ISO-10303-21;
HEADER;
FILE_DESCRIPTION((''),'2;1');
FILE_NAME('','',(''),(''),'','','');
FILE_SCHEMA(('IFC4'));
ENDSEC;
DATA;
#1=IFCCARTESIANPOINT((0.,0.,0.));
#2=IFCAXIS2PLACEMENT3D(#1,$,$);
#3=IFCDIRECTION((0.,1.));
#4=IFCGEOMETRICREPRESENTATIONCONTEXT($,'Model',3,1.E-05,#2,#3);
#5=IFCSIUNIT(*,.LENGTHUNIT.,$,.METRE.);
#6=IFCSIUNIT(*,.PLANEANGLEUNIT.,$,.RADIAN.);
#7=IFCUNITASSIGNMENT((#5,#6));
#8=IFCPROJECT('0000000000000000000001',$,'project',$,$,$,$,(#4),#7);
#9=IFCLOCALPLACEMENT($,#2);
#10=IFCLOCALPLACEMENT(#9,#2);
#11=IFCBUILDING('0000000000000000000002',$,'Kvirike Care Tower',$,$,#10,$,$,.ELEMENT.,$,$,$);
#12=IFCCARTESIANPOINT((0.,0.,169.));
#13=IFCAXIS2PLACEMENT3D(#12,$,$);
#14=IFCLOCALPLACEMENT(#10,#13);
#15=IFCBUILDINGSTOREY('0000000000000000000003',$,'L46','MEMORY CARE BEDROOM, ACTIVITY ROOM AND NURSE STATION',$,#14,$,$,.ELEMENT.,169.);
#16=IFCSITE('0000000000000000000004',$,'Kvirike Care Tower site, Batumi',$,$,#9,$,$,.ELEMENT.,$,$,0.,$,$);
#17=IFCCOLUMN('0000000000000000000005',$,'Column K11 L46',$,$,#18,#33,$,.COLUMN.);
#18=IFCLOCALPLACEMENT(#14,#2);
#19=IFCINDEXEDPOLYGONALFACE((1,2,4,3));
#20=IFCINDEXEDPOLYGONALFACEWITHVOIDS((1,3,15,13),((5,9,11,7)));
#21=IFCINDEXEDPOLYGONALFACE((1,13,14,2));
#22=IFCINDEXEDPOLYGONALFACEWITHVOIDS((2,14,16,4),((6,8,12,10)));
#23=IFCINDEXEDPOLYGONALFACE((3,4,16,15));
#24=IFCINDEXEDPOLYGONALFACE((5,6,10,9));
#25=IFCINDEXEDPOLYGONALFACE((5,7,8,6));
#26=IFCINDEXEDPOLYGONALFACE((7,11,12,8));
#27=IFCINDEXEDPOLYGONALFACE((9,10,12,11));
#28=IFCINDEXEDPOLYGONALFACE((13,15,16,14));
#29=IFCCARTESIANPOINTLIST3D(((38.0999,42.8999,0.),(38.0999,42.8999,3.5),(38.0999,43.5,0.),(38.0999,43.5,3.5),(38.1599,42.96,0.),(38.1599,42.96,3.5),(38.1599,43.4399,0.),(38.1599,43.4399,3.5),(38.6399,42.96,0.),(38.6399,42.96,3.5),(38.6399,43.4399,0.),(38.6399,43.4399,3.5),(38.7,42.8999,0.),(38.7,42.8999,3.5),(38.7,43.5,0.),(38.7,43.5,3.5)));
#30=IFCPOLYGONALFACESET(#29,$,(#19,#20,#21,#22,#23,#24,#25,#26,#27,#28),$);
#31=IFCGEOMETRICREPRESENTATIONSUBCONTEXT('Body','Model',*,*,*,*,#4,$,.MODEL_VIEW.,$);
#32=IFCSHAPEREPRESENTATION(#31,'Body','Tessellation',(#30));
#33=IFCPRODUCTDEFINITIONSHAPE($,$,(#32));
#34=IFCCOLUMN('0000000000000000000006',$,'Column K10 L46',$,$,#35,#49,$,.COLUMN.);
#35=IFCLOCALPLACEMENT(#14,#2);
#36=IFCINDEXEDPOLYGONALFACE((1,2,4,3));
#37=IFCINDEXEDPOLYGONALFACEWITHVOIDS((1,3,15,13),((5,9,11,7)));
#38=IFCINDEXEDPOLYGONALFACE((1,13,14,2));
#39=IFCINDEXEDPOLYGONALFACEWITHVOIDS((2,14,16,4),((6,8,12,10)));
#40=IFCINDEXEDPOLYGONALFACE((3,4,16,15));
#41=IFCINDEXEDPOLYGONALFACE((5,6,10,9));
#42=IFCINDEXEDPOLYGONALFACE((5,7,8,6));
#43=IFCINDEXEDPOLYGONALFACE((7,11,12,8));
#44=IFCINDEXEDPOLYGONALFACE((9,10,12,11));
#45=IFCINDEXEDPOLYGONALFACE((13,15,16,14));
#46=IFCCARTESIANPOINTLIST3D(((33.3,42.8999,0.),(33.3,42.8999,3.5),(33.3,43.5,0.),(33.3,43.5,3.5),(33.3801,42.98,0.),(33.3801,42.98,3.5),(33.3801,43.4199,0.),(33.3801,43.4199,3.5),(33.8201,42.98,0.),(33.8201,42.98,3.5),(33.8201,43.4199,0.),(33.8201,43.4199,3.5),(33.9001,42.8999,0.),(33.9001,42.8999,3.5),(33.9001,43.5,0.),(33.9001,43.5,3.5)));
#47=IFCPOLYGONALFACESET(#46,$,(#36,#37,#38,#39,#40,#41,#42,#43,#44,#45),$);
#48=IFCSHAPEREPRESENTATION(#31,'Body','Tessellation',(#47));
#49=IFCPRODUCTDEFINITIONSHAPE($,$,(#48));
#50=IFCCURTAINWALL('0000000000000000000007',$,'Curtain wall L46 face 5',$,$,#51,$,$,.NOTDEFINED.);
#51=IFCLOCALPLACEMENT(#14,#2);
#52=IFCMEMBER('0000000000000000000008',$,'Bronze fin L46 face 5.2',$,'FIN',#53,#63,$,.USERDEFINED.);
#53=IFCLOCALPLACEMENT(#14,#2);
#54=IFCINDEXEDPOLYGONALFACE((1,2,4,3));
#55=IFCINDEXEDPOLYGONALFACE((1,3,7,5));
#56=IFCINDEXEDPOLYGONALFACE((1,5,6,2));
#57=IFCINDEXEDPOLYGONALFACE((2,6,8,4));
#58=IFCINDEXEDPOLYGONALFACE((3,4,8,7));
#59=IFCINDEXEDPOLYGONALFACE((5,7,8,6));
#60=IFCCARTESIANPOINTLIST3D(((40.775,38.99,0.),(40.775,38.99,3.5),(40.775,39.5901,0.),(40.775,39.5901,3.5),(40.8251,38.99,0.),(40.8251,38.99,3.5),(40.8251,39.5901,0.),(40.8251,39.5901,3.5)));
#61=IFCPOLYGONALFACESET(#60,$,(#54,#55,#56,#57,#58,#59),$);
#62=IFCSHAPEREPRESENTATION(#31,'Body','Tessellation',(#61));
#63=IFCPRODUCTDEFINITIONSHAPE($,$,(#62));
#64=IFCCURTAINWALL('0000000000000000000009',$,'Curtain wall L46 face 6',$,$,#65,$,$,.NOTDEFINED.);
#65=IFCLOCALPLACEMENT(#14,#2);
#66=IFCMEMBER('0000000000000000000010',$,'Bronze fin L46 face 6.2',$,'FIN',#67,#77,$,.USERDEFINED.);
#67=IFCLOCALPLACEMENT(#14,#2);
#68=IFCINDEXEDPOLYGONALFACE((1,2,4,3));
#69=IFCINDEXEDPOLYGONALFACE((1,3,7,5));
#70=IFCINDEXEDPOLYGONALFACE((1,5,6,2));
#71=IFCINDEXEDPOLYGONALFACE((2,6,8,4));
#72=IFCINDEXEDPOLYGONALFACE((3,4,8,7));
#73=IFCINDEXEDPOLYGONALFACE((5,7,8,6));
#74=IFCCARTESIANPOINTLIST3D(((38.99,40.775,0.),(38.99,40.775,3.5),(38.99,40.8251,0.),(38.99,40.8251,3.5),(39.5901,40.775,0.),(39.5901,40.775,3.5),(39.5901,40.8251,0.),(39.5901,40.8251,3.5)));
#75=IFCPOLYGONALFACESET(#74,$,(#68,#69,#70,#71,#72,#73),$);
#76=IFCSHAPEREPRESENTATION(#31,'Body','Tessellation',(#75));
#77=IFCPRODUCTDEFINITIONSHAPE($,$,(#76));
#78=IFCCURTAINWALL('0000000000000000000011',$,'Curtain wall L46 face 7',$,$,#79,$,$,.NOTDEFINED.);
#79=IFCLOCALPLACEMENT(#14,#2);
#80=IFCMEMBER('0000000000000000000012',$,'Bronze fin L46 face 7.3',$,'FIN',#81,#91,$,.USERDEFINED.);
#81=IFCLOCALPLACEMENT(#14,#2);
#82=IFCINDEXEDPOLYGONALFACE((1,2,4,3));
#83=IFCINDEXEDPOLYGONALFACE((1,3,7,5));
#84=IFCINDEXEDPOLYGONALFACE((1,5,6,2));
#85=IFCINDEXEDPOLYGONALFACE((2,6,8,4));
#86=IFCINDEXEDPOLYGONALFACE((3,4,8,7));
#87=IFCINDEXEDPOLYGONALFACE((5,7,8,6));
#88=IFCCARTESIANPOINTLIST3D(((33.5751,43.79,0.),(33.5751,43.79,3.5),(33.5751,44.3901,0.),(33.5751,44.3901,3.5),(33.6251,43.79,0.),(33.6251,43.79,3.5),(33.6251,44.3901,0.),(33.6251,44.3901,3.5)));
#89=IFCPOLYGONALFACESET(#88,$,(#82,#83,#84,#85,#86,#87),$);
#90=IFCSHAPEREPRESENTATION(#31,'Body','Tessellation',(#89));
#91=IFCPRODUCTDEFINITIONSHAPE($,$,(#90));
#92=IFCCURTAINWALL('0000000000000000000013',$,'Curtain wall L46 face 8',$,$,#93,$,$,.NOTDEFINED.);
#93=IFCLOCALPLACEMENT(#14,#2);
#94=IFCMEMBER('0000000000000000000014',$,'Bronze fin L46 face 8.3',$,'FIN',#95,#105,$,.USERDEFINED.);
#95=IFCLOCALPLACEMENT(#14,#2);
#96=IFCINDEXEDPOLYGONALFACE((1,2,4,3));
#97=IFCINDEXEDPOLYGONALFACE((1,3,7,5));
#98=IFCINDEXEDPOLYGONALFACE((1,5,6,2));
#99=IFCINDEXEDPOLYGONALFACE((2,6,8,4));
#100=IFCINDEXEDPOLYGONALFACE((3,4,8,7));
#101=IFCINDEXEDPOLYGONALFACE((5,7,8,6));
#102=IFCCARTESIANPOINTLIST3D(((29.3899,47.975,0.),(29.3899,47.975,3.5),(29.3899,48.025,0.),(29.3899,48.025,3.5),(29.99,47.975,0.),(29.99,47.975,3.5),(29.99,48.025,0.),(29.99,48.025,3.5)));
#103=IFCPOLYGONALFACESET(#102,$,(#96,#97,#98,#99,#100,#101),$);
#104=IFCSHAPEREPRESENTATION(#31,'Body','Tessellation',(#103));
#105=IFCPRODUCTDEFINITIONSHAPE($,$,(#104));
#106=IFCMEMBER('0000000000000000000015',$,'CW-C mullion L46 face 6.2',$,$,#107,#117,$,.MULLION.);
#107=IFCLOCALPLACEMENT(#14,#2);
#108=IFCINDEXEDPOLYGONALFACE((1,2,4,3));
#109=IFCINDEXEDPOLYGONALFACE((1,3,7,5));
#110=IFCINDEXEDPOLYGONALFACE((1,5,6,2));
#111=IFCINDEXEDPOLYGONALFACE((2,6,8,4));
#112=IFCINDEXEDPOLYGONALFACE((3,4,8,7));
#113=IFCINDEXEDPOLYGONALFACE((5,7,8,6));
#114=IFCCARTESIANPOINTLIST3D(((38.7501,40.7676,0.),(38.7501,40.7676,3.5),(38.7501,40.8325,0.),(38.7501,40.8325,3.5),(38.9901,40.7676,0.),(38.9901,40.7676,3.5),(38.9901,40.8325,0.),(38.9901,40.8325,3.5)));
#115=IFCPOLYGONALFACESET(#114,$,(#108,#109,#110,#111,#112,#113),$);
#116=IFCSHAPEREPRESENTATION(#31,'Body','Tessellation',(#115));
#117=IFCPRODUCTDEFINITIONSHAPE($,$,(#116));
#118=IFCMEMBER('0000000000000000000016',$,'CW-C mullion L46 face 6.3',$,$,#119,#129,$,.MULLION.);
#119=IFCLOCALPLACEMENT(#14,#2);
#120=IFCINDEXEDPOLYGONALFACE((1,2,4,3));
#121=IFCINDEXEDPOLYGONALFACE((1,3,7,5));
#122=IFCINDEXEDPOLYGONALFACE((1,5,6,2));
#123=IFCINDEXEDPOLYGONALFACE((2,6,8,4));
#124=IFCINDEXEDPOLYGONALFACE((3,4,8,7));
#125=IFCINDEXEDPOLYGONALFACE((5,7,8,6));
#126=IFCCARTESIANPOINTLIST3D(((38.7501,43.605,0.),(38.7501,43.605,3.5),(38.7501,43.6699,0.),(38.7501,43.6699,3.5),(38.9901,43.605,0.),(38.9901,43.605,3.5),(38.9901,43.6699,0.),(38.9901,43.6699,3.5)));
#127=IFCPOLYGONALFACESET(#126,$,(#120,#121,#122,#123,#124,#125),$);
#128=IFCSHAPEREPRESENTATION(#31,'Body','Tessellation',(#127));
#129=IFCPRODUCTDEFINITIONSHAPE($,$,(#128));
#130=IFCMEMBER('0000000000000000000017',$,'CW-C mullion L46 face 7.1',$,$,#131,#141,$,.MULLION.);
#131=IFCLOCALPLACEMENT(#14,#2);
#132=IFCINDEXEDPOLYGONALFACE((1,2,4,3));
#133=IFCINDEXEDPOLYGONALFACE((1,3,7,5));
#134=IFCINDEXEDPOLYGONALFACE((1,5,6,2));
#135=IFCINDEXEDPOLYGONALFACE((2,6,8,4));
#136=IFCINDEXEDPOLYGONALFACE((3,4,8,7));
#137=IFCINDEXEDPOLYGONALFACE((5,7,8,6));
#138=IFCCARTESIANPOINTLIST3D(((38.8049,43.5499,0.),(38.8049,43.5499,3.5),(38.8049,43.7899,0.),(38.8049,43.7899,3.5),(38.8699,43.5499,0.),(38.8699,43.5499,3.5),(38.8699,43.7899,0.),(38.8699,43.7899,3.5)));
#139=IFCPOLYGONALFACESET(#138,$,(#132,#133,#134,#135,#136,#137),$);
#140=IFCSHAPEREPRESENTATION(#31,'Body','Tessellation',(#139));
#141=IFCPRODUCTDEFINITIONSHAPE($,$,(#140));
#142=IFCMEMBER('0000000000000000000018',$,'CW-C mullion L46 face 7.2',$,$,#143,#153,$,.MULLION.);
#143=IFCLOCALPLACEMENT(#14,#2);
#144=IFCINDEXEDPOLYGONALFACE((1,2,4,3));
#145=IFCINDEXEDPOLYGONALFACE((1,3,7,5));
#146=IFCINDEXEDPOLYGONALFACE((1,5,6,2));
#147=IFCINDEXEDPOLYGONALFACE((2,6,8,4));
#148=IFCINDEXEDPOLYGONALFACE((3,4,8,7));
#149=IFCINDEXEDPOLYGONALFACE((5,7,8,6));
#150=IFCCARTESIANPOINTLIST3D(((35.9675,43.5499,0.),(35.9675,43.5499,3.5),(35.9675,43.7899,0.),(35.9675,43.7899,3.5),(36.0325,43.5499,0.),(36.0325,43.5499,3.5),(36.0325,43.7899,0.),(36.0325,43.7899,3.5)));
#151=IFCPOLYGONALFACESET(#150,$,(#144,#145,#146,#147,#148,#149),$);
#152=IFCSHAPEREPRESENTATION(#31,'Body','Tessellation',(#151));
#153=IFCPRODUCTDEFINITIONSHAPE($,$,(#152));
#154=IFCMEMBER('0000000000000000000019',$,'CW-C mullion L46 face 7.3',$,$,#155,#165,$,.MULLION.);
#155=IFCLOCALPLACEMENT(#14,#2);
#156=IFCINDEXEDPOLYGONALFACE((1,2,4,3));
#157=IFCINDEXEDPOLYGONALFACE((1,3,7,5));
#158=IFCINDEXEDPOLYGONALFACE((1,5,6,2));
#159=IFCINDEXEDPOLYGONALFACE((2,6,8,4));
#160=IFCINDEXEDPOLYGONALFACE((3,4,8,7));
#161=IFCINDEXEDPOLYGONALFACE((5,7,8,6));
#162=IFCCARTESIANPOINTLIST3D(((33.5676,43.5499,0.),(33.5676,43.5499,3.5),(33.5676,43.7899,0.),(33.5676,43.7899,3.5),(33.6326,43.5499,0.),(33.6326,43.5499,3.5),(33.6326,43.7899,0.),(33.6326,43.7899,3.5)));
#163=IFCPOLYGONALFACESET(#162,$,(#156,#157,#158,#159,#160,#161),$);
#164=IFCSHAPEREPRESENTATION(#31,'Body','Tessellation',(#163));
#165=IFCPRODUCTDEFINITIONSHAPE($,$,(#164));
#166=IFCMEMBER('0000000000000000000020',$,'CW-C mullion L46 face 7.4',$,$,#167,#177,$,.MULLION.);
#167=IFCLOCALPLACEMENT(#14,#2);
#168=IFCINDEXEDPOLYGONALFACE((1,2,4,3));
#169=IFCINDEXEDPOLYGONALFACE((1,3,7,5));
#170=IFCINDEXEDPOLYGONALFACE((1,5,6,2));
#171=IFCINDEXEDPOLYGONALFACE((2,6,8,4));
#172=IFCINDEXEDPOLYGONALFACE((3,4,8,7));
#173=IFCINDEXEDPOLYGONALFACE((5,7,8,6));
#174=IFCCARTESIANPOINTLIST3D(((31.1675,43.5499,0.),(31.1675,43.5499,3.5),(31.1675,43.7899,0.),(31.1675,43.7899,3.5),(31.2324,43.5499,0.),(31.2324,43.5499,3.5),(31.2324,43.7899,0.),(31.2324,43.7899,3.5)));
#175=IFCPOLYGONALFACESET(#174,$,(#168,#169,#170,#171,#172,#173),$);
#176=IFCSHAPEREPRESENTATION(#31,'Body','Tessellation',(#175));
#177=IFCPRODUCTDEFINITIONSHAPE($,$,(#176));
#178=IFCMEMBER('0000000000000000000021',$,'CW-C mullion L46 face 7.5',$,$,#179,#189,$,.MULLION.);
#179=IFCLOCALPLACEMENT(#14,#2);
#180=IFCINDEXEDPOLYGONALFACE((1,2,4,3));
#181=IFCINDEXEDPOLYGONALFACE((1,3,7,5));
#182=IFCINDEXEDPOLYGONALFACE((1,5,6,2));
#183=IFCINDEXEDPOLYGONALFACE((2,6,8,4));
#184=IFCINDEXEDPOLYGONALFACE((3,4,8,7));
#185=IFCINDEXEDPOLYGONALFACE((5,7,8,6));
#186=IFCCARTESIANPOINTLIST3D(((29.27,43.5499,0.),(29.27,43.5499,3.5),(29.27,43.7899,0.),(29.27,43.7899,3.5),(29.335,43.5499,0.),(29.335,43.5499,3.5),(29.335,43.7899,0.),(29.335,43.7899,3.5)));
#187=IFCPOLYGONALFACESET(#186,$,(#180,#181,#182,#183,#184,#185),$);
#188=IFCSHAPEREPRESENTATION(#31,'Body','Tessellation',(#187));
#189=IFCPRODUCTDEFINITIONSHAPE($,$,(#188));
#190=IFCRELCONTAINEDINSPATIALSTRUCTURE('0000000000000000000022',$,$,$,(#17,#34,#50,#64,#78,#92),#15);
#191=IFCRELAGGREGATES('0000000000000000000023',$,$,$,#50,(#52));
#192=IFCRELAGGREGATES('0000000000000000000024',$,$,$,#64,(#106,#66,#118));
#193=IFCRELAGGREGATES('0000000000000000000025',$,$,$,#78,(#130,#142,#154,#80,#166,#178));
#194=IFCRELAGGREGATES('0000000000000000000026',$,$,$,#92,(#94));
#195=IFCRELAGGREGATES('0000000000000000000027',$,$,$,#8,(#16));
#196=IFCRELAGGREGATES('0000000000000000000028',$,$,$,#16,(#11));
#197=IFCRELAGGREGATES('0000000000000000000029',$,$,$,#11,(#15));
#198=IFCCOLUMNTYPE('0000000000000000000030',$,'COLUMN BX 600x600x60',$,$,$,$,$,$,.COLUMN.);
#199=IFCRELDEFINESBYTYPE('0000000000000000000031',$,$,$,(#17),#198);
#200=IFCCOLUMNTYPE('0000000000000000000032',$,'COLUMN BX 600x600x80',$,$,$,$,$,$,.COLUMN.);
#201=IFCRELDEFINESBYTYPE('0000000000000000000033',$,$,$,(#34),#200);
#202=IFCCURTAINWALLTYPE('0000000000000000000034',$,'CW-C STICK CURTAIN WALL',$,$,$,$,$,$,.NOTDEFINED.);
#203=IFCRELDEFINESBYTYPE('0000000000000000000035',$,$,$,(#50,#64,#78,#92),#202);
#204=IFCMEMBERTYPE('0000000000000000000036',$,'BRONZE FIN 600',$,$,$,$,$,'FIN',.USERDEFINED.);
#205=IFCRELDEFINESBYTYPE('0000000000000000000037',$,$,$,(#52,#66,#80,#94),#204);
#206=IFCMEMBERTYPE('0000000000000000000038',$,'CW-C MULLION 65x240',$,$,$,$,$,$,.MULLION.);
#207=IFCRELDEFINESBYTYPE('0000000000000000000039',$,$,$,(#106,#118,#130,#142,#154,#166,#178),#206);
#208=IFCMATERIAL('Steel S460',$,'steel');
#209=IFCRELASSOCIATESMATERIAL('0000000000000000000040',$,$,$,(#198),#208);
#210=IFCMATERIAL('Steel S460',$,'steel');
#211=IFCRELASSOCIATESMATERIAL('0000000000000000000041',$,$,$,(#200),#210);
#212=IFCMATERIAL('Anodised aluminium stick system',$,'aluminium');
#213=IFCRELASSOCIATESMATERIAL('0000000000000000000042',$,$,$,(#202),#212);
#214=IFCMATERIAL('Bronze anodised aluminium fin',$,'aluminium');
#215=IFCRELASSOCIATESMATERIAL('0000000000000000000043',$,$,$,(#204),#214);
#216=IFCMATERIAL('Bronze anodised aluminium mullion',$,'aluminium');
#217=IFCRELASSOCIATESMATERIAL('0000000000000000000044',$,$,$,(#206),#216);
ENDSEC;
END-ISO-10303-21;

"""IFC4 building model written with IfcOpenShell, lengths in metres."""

from ifc_helpers import new_model, si_unit, direction, frame, origin, origin_2d, place, context, subcontext, project, spatial, rectangle, hollow_rectangle, extrude, material, material_profile, profile_set, type_object, element, aggregate, save


model = new_model("IFC4")

# Units and contexts
model_context = context("Model", 3, precision=1e-05, world=origin(), true_north=direction((0.0, 1.0)))
body_context = subcontext(model_context, "Body", "Model", "MODEL_VIEW")
ifc_project = project(units=[si_unit("LENGTHUNIT", "METRE"), si_unit("PLANEANGLEUNIT", "RADIAN")], contexts=[model_context])

# Site, building, storey
site_placement = place(None, origin())
site = spatial("IfcSite", under=ifc_project, at=site_placement, Name="Kvirike Care Tower site, Batumi", CompositionType="ELEMENT", RefElevation=0.0)
building_placement = place(site_placement, origin())
building = spatial("IfcBuilding", under=site, at=building_placement, Name="Kvirike Care Tower", CompositionType="ELEMENT")
storey_placement = place(building_placement, frame((0.0, 0.0, 169.0)))
storey = spatial("IfcBuildingStorey", under=building, at=storey_placement, Name="L46", Description="MEMORY CARE BEDROOM, ACTIVITY ROOM AND NURSE STATION", CompositionType="ELEMENT", Elevation=169.0)

# Columns
ifc_material_1 = material(Name="Steel S460", Category="steel")
ifc_material_profile_1 = material_profile(ifc_material_1, hollow_rectangle(XDim=0.6001, YDim=0.6001, WallThickness=0.0601, at=origin_2d()), Name="BX 600x600x60")
ifc_profile_set_1 = profile_set([ifc_material_profile_1], Name="Steel S460")
column_type_1 = type_object("IfcColumnType", Name="COLUMN BX 600x600x60", PredefinedType="COLUMN", material=ifc_profile_set_1)
column_1_placement = place(storey_placement, frame((38.3999, 43.2, 0.0), z_axis=(0.0, 0.0, 1.0), x_axis=(0.0, 1.0, 0.0)))
element("IfcColumn", 1, at=column_1_placement, inside=storey, type_object=column_type_1, Name="Column K11 L46", PredefinedType="COLUMN", context=body_context, shape_type="SweptSolid", body=[
    extrude(hollow_rectangle(XDim=0.6001, YDim=0.6001, WallThickness=0.0601, at=origin_2d()), origin(), (0.0, 0.0, 1.0), 3.5),
])
ifc_material_2 = material(Name="Steel S460", Category="steel")
ifc_material_profile_2 = material_profile(ifc_material_2, hollow_rectangle(XDim=0.6001, YDim=0.6001, WallThickness=0.0801, at=origin_2d()), Name="BX 600x600x80")
ifc_profile_set_2 = profile_set([ifc_material_profile_2], Name="Steel S460")
column_type_2 = type_object("IfcColumnType", Name="COLUMN BX 600x600x80", PredefinedType="COLUMN", material=ifc_profile_set_2)
column_2_placement = place(storey_placement, frame((33.6001, 43.2, 0.0), z_axis=(0.0, 0.0, 1.0), x_axis=(0.0, 1.0, 0.0)))
element("IfcColumn", 2, at=column_2_placement, inside=storey, type_object=column_type_2, Name="Column K10 L46", PredefinedType="COLUMN", context=body_context, shape_type="SweptSolid", body=[
    extrude(hollow_rectangle(XDim=0.6001, YDim=0.6001, WallThickness=0.0801, at=origin_2d()), origin(), (0.0, 0.0, 1.0), 3.5),
])

# Curtain walls, members
ifc_material_3 = material(Name="Anodised aluminium stick system", Category="aluminium")
curtain_wall_type = type_object("IfcCurtainWallType", Name="CW-C STICK CURTAIN WALL", PredefinedType="NOTDEFINED", material=ifc_material_3)
curtain_wall_1_placement = place(storey_placement, origin())
curtain_wall_1 = element("IfcCurtainWall", 3, at=curtain_wall_1_placement, inside=storey, type_object=curtain_wall_type, Name="Curtain wall L46 face 5", PredefinedType="NOTDEFINED")
ifc_material_4 = material(Name="Bronze anodised aluminium fin", Category="aluminium")
ifc_material_profile_3 = material_profile(ifc_material_4, rectangle(XDim=0.05, YDim=0.6001, at=origin_2d()), Name="BRONZE FIN 600")
ifc_profile_set_3 = profile_set([ifc_material_profile_3], Name="Bronze anodised aluminium fin")
member_type_1 = type_object("IfcMemberType", Name="BRONZE FIN 600", ElementType="FIN", PredefinedType="USERDEFINED", material=ifc_profile_set_3)
member_1_placement = place(storey_placement, frame((40.8, 39.29, 0.0), z_axis=(0.0, 0.0, 1.0), x_axis=(-1.0, 0.0, 0.0)))
member_1 = element("IfcMember", 4, at=member_1_placement, type_object=member_type_1, Name="Bronze fin L46 face 5.2", ObjectType="FIN", PredefinedType="USERDEFINED", context=body_context, shape_type="SweptSolid", body=[
    extrude(rectangle(XDim=0.05, YDim=0.6001, at=origin_2d()), origin(), (0.0, 0.0, 1.0), 3.5),
])
aggregate(curtain_wall_1, [member_1])
curtain_wall_2_placement = place(storey_placement, origin())
curtain_wall_2 = element("IfcCurtainWall", 5, at=curtain_wall_2_placement, inside=storey, type_object=curtain_wall_type, Name="Curtain wall L46 face 6", PredefinedType="NOTDEFINED")
member_2_placement = place(storey_placement, frame((39.29, 40.8, 0.0), z_axis=(0.0, 0.0, 1.0), x_axis=(0.0, 1.0, 0.0)))
member_2 = element("IfcMember", 6, at=member_2_placement, type_object=member_type_1, Name="Bronze fin L46 face 6.2", ObjectType="FIN", PredefinedType="USERDEFINED", context=body_context, shape_type="SweptSolid", body=[
    extrude(rectangle(XDim=0.05, YDim=0.6001, at=origin_2d()), origin(), (0.0, 0.0, 1.0), 3.5),
])
curtain_wall_3_placement = place(storey_placement, origin())
curtain_wall_3 = element("IfcCurtainWall", 7, at=curtain_wall_3_placement, inside=storey, type_object=curtain_wall_type, Name="Curtain wall L46 face 7", PredefinedType="NOTDEFINED")
member_3_placement = place(storey_placement, frame((33.6001, 44.0901, 0.0), z_axis=(0.0, 0.0, 1.0), x_axis=(-1.0, 0.0, 0.0)))
member_3 = element("IfcMember", 8, at=member_3_placement, type_object=member_type_1, Name="Bronze fin L46 face 7.3", ObjectType="FIN", PredefinedType="USERDEFINED", context=body_context, shape_type="SweptSolid", body=[
    extrude(rectangle(XDim=0.05, YDim=0.6001, at=origin_2d()), origin(), (0.0, 0.0, 1.0), 3.5),
])
curtain_wall_4_placement = place(storey_placement, origin())
curtain_wall_4 = element("IfcCurtainWall", 9, at=curtain_wall_4_placement, inside=storey, type_object=curtain_wall_type, Name="Curtain wall L46 face 8", PredefinedType="NOTDEFINED")
member_4_placement = place(storey_placement, frame((29.6899, 48.0, 0.0), z_axis=(0.0, 0.0, 1.0), x_axis=(0.0, 1.0, 0.0)))
member_4 = element("IfcMember", 10, at=member_4_placement, type_object=member_type_1, Name="Bronze fin L46 face 8.3", ObjectType="FIN", PredefinedType="USERDEFINED", context=body_context, shape_type="SweptSolid", body=[
    extrude(rectangle(XDim=0.05, YDim=0.6001, at=origin_2d()), origin(), (0.0, 0.0, 1.0), 3.5),
])

# Members
ifc_material_5 = material(Name="Bronze anodised aluminium mullion", Category="aluminium")
ifc_material_profile_4 = material_profile(ifc_material_5, rectangle(XDim=0.0649, YDim=0.24, at=origin_2d()), Name="CW-C MULLION 65x240")
ifc_profile_set_4 = profile_set([ifc_material_profile_4], Name="Bronze anodised aluminium mullion")
member_type_2 = type_object("IfcMemberType", Name="CW-C MULLION 65x240", PredefinedType="MULLION", material=ifc_profile_set_4)
member_5_placement = place(storey_placement, frame((38.8701, 40.8, 0.0), z_axis=(0.0, 0.0, 1.0), x_axis=(0.0, 1.0, 0.0)))
member_5 = element("IfcMember", 11, at=member_5_placement, type_object=member_type_2, Name="CW-C mullion L46 face 6.2", PredefinedType="MULLION", context=body_context, shape_type="SweptSolid", body=[
    extrude(rectangle(XDim=0.0649, YDim=0.24, at=origin_2d()), origin(), (0.0, 0.0, 1.0), 3.5),
])
member_6_placement = place(storey_placement, frame((38.8701, 43.6375, 0.0), z_axis=(0.0, 0.0, 1.0), x_axis=(0.0, 1.0, 0.0)))
member_6 = element("IfcMember", 12, at=member_6_placement, type_object=member_type_2, Name="CW-C mullion L46 face 6.3", PredefinedType="MULLION", context=body_context, shape_type="SweptSolid", body=[
    extrude(rectangle(XDim=0.0649, YDim=0.24, at=origin_2d()), origin(), (0.0, 0.0, 1.0), 3.5),
])
member_7_placement = place(storey_placement, frame((38.8374, 43.6699, 0.0), z_axis=(0.0, 0.0, 1.0), x_axis=(-1.0, 0.0, 0.0)))
member_7 = element("IfcMember", 13, at=member_7_placement, type_object=member_type_2, Name="CW-C mullion L46 face 7.1", PredefinedType="MULLION", context=body_context, shape_type="SweptSolid", body=[
    extrude(rectangle(XDim=0.0649, YDim=0.24, at=origin_2d()), origin(), (0.0, 0.0, 1.0), 3.5),
])
member_8_placement = place(storey_placement, frame((36.0, 43.6699, 0.0), z_axis=(0.0, 0.0, 1.0), x_axis=(-1.0, 0.0, 0.0)))
member_8 = element("IfcMember", 14, at=member_8_placement, type_object=member_type_2, Name="CW-C mullion L46 face 7.2", PredefinedType="MULLION", context=body_context, shape_type="SweptSolid", body=[
    extrude(rectangle(XDim=0.0649, YDim=0.24, at=origin_2d()), origin(), (0.0, 0.0, 1.0), 3.5),
])
member_9_placement = place(storey_placement, frame((33.6001, 43.6699, 0.0), z_axis=(0.0, 0.0, 1.0), x_axis=(-1.0, 0.0, 0.0)))
member_9 = element("IfcMember", 15, at=member_9_placement, type_object=member_type_2, Name="CW-C mullion L46 face 7.3", PredefinedType="MULLION", context=body_context, shape_type="SweptSolid", body=[
    extrude(rectangle(XDim=0.0649, YDim=0.24, at=origin_2d()), origin(), (0.0, 0.0, 1.0), 3.5),
])
member_10_placement = place(storey_placement, frame((31.2, 43.6699, 0.0), z_axis=(0.0, 0.0, 1.0), x_axis=(-1.0, 0.0, 0.0)))
member_10 = element("IfcMember", 16, at=member_10_placement, type_object=member_type_2, Name="CW-C mullion L46 face 7.4", PredefinedType="MULLION", context=body_context, shape_type="SweptSolid", body=[
    extrude(rectangle(XDim=0.0649, YDim=0.24, at=origin_2d()), origin(), (0.0, 0.0, 1.0), 3.5),
])
member_11_placement = place(storey_placement, frame((29.3025, 43.6699, 0.0), z_axis=(0.0, 0.0, 1.0), x_axis=(-1.0, 0.0, 0.0)))
member_11 = element("IfcMember", 17, at=member_11_placement, type_object=member_type_2, Name="CW-C mullion L46 face 7.5", PredefinedType="MULLION", context=body_context, shape_type="SweptSolid", body=[
    extrude(rectangle(XDim=0.0649, YDim=0.24, at=origin_2d()), origin(), (0.0, 0.0, 1.0), 3.5),
])

aggregate(curtain_wall_2, [member_5, member_2, member_6])
aggregate(curtain_wall_3, [member_7, member_8, member_9, member_3, member_10, member_11])
aggregate(curtain_wall_4, [member_4])

save(model, "model.ifc")
